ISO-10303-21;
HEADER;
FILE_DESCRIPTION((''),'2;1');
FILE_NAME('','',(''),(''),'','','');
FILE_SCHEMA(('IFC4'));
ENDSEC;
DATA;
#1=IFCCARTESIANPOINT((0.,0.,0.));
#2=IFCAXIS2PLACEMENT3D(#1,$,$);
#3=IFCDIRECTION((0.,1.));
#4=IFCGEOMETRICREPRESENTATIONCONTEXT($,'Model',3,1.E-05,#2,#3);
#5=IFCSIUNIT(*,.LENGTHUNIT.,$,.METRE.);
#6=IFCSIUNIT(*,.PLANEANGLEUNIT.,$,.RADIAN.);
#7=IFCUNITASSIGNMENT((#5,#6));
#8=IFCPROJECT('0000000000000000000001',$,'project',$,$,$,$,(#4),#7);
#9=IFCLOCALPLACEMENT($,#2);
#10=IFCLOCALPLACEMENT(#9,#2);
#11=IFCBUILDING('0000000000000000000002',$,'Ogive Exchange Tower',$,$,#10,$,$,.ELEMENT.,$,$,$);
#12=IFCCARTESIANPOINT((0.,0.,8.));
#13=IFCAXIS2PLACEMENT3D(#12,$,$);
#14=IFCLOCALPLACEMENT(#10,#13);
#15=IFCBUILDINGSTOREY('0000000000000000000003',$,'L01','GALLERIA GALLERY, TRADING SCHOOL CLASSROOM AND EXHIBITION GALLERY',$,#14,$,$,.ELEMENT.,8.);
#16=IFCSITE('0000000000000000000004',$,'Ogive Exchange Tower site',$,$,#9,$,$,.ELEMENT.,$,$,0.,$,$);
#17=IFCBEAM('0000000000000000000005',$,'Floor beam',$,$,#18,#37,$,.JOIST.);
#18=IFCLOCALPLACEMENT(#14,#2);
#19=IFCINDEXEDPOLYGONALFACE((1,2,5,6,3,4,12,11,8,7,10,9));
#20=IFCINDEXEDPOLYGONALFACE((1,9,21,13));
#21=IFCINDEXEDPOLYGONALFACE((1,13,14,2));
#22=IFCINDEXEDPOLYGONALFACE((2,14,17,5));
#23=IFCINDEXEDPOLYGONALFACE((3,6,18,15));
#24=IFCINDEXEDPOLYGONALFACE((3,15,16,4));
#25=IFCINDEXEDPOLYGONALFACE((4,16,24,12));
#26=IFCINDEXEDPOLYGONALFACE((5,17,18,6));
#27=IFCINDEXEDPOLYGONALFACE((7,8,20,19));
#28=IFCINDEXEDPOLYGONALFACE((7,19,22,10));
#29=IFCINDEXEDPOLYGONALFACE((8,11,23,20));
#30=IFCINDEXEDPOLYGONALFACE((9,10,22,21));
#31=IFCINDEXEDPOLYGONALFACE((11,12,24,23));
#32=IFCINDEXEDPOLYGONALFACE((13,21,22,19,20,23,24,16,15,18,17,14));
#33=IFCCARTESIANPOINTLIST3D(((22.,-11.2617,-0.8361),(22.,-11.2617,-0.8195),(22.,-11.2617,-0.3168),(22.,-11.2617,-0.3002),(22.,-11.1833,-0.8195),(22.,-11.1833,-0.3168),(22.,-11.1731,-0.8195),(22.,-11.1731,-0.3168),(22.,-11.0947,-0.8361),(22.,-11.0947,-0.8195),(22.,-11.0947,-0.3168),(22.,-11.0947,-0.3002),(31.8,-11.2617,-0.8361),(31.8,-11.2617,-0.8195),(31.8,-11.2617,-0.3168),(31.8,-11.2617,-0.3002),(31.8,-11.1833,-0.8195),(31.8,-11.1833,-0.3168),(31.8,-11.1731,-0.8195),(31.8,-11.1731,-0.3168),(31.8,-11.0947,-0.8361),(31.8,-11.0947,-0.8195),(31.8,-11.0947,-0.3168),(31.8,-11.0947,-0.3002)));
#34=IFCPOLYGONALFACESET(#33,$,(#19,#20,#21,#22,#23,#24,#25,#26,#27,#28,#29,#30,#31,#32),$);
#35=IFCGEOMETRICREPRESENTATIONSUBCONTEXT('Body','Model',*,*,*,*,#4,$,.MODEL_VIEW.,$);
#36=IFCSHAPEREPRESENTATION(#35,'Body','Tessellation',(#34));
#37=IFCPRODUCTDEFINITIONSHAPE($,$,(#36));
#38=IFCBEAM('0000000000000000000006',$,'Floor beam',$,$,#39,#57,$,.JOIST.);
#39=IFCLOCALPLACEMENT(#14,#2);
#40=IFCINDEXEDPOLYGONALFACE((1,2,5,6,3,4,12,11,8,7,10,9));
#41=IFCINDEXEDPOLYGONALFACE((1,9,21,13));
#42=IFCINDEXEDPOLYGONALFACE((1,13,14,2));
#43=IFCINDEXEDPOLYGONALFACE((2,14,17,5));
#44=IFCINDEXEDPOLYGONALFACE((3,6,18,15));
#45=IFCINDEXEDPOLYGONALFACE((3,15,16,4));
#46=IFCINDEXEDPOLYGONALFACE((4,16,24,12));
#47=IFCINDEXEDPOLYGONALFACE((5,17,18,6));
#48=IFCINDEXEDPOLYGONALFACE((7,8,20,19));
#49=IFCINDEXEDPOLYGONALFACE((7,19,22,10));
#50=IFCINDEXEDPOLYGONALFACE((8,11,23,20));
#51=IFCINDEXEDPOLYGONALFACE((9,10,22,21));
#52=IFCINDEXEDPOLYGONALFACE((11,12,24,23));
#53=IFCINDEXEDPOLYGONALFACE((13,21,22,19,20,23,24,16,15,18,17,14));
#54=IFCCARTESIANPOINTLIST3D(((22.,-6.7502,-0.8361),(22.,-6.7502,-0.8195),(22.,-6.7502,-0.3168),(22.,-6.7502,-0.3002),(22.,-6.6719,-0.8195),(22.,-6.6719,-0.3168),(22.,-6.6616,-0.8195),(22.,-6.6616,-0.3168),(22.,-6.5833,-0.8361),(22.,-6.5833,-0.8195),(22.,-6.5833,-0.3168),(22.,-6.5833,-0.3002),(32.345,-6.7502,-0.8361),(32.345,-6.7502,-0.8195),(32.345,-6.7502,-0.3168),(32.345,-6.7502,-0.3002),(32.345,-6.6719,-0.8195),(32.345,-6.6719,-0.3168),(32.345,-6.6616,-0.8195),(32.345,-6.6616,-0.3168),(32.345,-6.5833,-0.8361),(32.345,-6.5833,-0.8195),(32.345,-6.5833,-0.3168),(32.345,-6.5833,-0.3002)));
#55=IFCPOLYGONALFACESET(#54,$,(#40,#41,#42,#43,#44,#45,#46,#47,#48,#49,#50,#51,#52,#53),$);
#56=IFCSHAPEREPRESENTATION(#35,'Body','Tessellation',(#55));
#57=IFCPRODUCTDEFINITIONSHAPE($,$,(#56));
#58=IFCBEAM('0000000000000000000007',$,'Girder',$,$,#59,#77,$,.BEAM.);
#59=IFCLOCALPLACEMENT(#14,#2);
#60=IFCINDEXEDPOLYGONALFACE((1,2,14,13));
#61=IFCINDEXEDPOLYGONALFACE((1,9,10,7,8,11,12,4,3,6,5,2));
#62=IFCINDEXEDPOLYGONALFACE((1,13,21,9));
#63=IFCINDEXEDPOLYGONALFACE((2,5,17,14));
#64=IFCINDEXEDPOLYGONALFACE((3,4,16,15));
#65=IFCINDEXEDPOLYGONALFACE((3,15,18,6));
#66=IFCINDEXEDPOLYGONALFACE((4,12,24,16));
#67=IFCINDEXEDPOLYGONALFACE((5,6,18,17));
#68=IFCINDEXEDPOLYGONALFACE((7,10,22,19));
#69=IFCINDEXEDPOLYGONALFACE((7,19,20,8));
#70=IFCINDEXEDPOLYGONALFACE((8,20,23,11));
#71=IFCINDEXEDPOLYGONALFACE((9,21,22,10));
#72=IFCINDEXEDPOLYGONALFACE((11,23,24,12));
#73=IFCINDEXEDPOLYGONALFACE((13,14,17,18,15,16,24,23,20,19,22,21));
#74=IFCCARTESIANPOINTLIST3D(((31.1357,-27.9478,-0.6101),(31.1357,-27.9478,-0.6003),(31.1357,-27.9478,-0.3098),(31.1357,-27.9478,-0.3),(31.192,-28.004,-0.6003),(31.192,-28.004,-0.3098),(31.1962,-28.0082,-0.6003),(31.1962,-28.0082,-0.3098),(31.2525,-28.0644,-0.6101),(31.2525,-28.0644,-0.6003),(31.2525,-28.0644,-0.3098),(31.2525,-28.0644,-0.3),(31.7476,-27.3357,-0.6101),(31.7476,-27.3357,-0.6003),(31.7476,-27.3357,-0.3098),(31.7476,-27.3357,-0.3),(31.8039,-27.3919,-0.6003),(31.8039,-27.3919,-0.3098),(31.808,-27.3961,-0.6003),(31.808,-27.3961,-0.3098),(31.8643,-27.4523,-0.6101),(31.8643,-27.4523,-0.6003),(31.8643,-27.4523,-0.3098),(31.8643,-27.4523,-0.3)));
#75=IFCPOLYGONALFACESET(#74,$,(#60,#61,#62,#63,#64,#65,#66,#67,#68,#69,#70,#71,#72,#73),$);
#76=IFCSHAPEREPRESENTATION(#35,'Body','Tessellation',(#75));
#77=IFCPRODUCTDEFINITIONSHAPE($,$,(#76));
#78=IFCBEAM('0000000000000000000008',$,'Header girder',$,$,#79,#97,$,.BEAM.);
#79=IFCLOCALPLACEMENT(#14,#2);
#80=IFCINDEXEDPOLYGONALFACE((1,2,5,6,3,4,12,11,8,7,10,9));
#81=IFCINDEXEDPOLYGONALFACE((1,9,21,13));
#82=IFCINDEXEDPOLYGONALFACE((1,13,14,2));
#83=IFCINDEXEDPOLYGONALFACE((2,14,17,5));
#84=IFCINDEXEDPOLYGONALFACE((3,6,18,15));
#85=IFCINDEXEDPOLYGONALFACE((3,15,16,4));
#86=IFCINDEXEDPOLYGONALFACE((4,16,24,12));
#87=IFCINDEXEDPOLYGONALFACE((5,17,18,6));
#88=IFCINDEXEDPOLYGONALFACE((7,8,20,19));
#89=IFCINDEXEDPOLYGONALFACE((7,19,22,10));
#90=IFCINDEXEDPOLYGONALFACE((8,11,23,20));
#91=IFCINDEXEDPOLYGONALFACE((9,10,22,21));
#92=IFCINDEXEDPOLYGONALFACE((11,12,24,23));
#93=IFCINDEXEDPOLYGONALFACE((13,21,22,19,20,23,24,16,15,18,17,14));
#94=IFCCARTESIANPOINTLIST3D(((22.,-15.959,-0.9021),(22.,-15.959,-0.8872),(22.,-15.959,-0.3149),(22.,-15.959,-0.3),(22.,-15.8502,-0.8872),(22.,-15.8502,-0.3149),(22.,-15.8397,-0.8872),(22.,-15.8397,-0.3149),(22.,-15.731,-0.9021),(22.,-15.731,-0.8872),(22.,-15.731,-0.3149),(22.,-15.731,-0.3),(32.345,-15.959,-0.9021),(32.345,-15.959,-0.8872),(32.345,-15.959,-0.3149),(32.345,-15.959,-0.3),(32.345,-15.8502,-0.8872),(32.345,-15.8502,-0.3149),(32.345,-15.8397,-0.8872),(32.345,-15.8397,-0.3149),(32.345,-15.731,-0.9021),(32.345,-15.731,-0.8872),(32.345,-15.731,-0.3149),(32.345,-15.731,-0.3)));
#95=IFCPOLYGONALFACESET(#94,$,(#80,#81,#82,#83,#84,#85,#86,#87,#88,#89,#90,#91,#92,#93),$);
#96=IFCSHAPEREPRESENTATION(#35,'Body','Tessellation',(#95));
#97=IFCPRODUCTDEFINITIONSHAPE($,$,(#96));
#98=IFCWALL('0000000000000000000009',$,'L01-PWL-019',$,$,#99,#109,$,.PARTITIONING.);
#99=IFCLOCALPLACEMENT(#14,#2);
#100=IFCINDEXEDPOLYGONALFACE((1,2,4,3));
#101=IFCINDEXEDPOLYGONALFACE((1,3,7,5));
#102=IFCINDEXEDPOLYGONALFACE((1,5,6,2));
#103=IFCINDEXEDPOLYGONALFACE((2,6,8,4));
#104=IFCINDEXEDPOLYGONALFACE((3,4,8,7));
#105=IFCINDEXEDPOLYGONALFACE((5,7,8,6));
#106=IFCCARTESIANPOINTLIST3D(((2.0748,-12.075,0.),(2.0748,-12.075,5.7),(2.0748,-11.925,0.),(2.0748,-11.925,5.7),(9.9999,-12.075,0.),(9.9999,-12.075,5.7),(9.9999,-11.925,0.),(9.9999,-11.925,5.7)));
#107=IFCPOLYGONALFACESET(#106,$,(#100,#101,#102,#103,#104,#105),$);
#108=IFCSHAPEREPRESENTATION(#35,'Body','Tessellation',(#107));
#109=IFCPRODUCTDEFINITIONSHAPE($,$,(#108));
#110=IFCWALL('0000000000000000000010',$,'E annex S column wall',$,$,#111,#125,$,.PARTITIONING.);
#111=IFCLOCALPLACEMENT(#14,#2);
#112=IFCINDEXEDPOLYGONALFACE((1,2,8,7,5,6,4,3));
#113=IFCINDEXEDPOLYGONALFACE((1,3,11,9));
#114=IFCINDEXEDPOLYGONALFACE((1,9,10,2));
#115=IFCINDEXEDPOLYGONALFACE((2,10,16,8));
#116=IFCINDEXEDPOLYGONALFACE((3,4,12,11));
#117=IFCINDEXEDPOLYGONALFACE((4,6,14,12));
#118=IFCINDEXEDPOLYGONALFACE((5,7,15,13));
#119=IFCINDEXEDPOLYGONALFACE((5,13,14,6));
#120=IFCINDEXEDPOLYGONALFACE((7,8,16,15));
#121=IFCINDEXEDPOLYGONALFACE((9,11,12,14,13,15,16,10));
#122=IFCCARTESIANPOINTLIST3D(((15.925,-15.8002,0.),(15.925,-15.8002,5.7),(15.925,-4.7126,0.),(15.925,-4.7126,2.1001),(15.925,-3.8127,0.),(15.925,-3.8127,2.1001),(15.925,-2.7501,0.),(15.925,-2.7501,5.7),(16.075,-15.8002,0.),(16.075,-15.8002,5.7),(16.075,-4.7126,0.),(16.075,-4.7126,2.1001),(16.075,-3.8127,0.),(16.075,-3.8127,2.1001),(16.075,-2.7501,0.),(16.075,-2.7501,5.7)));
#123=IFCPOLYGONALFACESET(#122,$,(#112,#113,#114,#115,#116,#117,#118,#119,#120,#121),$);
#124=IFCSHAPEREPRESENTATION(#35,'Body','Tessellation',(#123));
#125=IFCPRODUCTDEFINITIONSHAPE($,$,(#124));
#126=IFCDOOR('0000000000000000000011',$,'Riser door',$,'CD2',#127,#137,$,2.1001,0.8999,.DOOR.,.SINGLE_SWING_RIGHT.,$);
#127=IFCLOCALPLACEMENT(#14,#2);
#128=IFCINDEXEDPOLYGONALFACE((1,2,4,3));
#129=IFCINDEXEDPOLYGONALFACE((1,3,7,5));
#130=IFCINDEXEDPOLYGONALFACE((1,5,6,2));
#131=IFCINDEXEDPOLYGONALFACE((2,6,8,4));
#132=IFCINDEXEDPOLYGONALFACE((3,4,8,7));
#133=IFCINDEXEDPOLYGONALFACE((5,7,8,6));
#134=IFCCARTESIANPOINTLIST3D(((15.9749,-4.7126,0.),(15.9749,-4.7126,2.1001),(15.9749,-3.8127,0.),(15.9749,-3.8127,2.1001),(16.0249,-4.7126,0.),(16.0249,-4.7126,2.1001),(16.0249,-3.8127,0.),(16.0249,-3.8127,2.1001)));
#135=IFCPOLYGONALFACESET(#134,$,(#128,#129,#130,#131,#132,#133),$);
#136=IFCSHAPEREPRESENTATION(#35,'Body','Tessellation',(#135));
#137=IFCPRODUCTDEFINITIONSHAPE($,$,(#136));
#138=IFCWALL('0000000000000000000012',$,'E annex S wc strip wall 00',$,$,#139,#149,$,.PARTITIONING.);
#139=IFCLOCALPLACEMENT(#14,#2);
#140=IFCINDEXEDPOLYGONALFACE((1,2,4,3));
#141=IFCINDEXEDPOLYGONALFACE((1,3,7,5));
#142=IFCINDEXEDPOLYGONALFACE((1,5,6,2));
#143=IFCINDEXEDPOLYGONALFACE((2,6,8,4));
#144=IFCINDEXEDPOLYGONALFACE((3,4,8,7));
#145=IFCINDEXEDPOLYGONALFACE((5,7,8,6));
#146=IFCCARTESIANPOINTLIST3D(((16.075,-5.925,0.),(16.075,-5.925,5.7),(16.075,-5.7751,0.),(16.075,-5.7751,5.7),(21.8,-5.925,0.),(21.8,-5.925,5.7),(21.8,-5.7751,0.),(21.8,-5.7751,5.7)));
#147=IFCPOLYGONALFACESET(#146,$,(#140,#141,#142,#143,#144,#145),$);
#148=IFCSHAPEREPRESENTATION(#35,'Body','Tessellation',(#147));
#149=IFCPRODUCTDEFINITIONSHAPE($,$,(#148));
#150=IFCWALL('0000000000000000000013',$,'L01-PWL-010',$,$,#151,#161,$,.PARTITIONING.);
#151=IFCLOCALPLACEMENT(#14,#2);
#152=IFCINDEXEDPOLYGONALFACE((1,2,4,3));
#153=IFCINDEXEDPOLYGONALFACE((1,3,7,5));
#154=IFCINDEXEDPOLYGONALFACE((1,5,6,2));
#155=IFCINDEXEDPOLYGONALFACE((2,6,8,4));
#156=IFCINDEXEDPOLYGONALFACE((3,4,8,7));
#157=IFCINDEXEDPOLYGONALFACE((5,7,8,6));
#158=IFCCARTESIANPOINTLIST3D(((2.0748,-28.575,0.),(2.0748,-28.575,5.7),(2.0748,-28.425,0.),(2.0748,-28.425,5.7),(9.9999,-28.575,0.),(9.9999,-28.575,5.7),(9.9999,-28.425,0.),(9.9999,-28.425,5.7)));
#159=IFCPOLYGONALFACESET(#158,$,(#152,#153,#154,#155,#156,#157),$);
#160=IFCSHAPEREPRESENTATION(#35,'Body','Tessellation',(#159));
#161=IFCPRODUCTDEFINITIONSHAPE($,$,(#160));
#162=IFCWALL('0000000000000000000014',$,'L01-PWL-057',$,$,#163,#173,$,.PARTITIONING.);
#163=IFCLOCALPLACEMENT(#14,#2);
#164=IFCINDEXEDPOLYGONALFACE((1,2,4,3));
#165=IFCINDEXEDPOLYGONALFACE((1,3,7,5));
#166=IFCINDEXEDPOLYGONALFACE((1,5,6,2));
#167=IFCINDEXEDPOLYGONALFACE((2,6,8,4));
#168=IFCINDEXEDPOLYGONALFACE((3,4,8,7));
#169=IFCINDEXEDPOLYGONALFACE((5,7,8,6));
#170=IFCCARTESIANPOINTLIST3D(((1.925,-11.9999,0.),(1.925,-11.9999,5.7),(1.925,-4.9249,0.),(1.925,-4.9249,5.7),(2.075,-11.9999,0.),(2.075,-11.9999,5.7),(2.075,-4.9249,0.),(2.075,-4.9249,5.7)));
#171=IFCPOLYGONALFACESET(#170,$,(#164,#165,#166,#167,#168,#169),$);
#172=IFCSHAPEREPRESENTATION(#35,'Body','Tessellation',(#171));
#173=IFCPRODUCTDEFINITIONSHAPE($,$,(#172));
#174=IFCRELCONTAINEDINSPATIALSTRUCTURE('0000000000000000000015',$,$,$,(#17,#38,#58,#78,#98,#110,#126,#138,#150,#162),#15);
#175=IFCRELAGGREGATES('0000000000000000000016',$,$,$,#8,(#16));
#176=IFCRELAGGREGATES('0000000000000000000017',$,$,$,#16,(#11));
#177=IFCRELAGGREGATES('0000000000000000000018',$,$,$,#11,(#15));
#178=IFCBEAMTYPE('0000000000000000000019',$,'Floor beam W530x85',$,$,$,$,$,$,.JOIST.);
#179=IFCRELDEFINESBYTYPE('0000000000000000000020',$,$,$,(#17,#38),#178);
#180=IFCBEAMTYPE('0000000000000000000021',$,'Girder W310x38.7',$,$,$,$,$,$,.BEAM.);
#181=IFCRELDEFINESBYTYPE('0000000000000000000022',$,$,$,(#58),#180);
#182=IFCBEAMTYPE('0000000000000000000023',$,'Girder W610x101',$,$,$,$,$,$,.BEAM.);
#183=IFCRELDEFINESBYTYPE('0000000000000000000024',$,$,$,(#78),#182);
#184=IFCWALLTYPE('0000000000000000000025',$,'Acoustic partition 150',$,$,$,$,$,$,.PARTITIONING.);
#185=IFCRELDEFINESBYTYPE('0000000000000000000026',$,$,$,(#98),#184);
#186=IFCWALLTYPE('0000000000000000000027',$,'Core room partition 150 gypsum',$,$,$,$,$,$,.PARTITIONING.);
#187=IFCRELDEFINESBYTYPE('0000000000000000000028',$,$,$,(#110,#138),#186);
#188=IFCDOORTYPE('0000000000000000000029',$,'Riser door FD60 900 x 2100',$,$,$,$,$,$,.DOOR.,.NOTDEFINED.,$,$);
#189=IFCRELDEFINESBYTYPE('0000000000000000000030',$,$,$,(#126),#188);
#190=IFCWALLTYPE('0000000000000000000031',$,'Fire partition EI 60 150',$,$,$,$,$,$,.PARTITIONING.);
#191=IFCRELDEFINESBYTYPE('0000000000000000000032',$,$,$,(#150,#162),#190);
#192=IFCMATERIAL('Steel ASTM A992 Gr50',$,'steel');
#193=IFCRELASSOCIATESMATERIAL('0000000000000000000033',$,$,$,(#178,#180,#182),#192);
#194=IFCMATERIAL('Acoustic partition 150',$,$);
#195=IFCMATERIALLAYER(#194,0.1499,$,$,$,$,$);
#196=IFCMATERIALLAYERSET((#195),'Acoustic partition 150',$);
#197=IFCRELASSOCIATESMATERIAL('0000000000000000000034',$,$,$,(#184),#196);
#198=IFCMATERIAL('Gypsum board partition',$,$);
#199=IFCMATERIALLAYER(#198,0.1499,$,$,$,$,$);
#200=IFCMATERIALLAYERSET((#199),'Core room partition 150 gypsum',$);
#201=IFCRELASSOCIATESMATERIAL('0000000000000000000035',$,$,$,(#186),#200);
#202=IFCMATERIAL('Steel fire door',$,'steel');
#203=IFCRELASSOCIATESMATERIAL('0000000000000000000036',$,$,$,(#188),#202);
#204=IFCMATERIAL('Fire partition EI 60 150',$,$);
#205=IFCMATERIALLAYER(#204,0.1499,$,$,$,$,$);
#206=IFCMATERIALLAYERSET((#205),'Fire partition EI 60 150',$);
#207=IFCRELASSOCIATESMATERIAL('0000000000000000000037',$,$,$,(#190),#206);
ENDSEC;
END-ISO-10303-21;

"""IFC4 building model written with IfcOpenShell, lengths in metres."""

from ifc_helpers import new_model, si_unit, direction, frame, frame_2d, origin, origin_2d, place, context, subcontext, project, spatial, rectangle, i_section, extrude, material, layer, layer_set, material_profile, profile_set, type_object, element, fill, save


model = new_model("IFC4")

# Units and contexts
model_context = context("Model", 3, precision=1e-05, world=origin(), true_north=direction((0.0, 1.0)))
body_context = subcontext(model_context, "Body", "Model", "MODEL_VIEW")
ifc_project = project(units=[si_unit("LENGTHUNIT", "METRE"), si_unit("PLANEANGLEUNIT", "RADIAN")], contexts=[model_context])

# Site, building, storey
site_placement = place(None, origin())
site = spatial("IfcSite", under=ifc_project, at=site_placement, Name="Ogive Exchange Tower site", CompositionType="ELEMENT", RefElevation=0.0)
building_placement = place(site_placement, origin())
building = spatial("IfcBuilding", under=site, at=building_placement, Name="Ogive Exchange Tower", CompositionType="ELEMENT")
storey_placement = place(building_placement, frame((0.0, 0.0, 8.0)))
storey = spatial("IfcBuildingStorey", under=building, at=storey_placement, Name="L01", Description="GALLERIA GALLERY, TRADING SCHOOL CLASSROOM AND EXHIBITION GALLERY", CompositionType="ELEMENT", Elevation=8.0)

# Beams
ifc_material_1 = material(Name="Steel ASTM A992 Gr50", Category="steel")
ifc_material_profile_1 = material_profile(ifc_material_1, i_section(OverallWidth=0.167, OverallDepth=0.5359, WebThickness=0.0103, FlangeThickness=0.0166, at=origin_2d()), Name="W530x85")
ifc_profile_set_1 = profile_set([ifc_material_profile_1], Name="Steel ASTM A992 Gr50")
beam_type_1 = type_object("IfcBeamType", Name="Floor beam W530x85", PredefinedType="JOIST", material=ifc_profile_set_1)
beam_1_placement = place(storey_placement, frame((22.0, -11.1782, -0.5681), z_axis=(1.0, 0.0, 0.0), x_axis=(0.0, 1.0, 0.0)))
element("IfcBeam", 1, at=beam_1_placement, inside=storey, type_object=beam_type_1, Name="Floor beam", PredefinedType="JOIST", context=body_context, shape_type="SweptSolid", body=[
    extrude(i_section(OverallWidth=0.167, OverallDepth=0.5359, WebThickness=0.0103, FlangeThickness=0.0166, at=origin_2d()), origin(), (0.0, 0.0, 1.0), 9.8),
])
beam_2_placement = place(storey_placement, frame((22.0, -6.6667, -0.5681), z_axis=(1.0, 0.0, 0.0), x_axis=(0.0, 1.0, 0.0)))
element("IfcBeam", 2, at=beam_2_placement, inside=storey, type_object=beam_type_1, Name="Floor beam", PredefinedType="JOIST", context=body_context, shape_type="SweptSolid", body=[
    extrude(i_section(OverallWidth=0.167, OverallDepth=0.5359, WebThickness=0.0103, FlangeThickness=0.0166, at=origin_2d()), origin(), (0.0, 0.0, 1.0), 10.345),
])
ifc_material_profile_2 = material_profile(ifc_material_1, i_section(OverallWidth=0.165, OverallDepth=0.3101, WebThickness=0.0059, FlangeThickness=0.0098, at=origin_2d()), Name="W310x38.7")
ifc_profile_set_2 = profile_set([ifc_material_profile_2], Name="Steel ASTM A992 Gr50")
beam_type_2 = type_object("IfcBeamType", Name="Girder W310x38.7", PredefinedType="BEAM", material=ifc_profile_set_2)
beam_3_placement = place(storey_placement, frame((31.1941, -28.0061, -0.4551), z_axis=(0.706966, 0.707248, 0.0), x_axis=(-0.707248, 0.706966, 0.0)))
element("IfcBeam", 3, at=beam_3_placement, inside=storey, type_object=beam_type_2, Name="Girder", PredefinedType="BEAM", context=body_context, shape_type="SweptSolid", body=[
    extrude(i_section(OverallWidth=0.165, OverallDepth=0.3101, WebThickness=0.0059, FlangeThickness=0.0098, at=origin_2d()), origin(), (0.0, 0.0, 1.0), 0.8655),
])
ifc_material_profile_3 = material_profile(ifc_material_1, i_section(OverallWidth=0.228, OverallDepth=0.6021, WebThickness=0.0105, FlangeThickness=0.0149, at=origin_2d()), Name="W610x101")
ifc_profile_set_3 = profile_set([ifc_material_profile_3], Name="Steel ASTM A992 Gr50")
beam_type_3 = type_object("IfcBeamType", Name="Girder W610x101", PredefinedType="BEAM", material=ifc_profile_set_3)
beam_4_placement = place(storey_placement, frame((22.0, -15.845, -0.6011), z_axis=(1.0, 0.0, 0.0), x_axis=(0.0, 1.0, 0.0)))
element("IfcBeam", 4, at=beam_4_placement, inside=storey, type_object=beam_type_3, Name="Header girder", PredefinedType="BEAM", context=body_context, shape_type="SweptSolid", body=[
    extrude(i_section(OverallWidth=0.228, OverallDepth=0.6021, WebThickness=0.0105, FlangeThickness=0.0149, at=origin_2d()), origin(), (0.0, 0.0, 1.0), 10.345),
])

# Wall
ifc_material_2 = material(Name="Acoustic partition 150")
ifc_layer_1 = layer(ifc_material_2, 0.1499)
ifc_layer_set_1 = layer_set([ifc_layer_1], Name="Acoustic partition 150")
wall_type_1 = type_object("IfcWallType", Name="Acoustic partition 150", PredefinedType="PARTITIONING", material=ifc_layer_set_1)
wall_1_placement = place(storey_placement, frame((2.075, -12.0, 0.0), z_axis=(0.0, 0.0, 1.0), x_axis=(1.0, 0.0, 0.0)))
element("IfcWall", 5, at=wall_1_placement, inside=storey, type_object=wall_type_1, Name="L01-PWL-019", PredefinedType="PARTITIONING", context=body_context, shape_type="SweptSolid", body=[
    extrude(rectangle(XDim=7.925, YDim=0.1499, at=frame_2d((3.9624, 0.0))), origin(), (0.0, 0.0, 1.0), 5.7),
])

# Wall, opening, door
ifc_material_3 = material(Name="Gypsum board partition")
ifc_layer_2 = layer(ifc_material_3, 0.1499)
ifc_layer_set_2 = layer_set([ifc_layer_2], Name="Core room partition 150 gypsum")
wall_type_2 = type_object("IfcWallType", Name="Core room partition 150 gypsum", PredefinedType="PARTITIONING", material=ifc_layer_set_2)
wall_2_placement = place(storey_placement, frame((16.0, -15.8, 0.0), z_axis=(0.0, 0.0, 1.0), x_axis=(0.0, 1.0, 0.0)))
wall_2 = element("IfcWall", 6, at=wall_2_placement, inside=storey, type_object=wall_type_2, Name="E annex S column wall", PredefinedType="PARTITIONING", context=body_context, shape_type="SweptSolid", body=[
    extrude(rectangle(XDim=13.05, YDim=0.1499, at=frame_2d((6.5249, 0.0))), origin(), (0.0, 0.0, 1.0), 5.7),
])
opening_1_placement = place(wall_2_placement, frame((11.0874, 0.0, 0.0)))
opening_1 = element("IfcOpeningElement", 7, at=opening_1_placement, cuts=wall_2, PredefinedType="OPENING", context=body_context, shape_type="SweptSolid", body=[
    extrude(rectangle(XDim=0.8999, YDim=2.1001, at=frame_2d((0.45, 1.05))), frame((0.0, 0.085, 0.0), z_axis=(0.0, -1.0, 0.0), x_axis=(1.0, 0.0, 0.0)), (0.0, 0.0, 1.0), 0.1699),
])
ifc_material_4 = material(Name="Steel fire door", Category="steel")
door_type_1 = type_object("IfcDoorType", Name="Riser door FD60 900 x 2100", OperationType="NOTDEFINED", PredefinedType="DOOR", material=ifc_material_4)
door_1_placement = place(opening_1_placement, frame((0.8999, 0.0, 0.0), z_axis=(0.0, 0.0, 1.0), x_axis=(-1.0, 0.0, 0.0)))
door_1 = element("IfcDoor", 8, at=door_1_placement, inside=storey, type_object=door_type_1, Name="Riser door", ObjectType="CD2", OperationType="SINGLE_SWING_RIGHT", OverallHeight=2.1001, OverallWidth=0.8999, PredefinedType="DOOR", context=body_context, shape_type="SweptSolid", body=[
    extrude(rectangle(XDim=0.8999, YDim=2.1001, at=frame_2d((0.45, 1.05))), frame((0.0, 0.0249, 0.0), z_axis=(0.0, -1.0, 0.0), x_axis=(1.0, 0.0, 0.0)), (0.0, 0.0, 1.0), 0.05),
])
fill(opening_1, door_1)

# Walls
wall_3_placement = place(storey_placement, frame((16.075, -5.8501, 0.0), z_axis=(0.0, 0.0, 1.0), x_axis=(1.0, 0.0, 0.0)))
element("IfcWall", 9, at=wall_3_placement, inside=storey, type_object=wall_type_2, Name="E annex S wc strip wall 00", PredefinedType="PARTITIONING", context=body_context, shape_type="SweptSolid", body=[
    extrude(rectangle(XDim=5.7251, YDim=0.1499, at=frame_2d((2.8625, 0.0))), origin(), (0.0, 0.0, 1.0), 5.7),
])
ifc_material_5 = material(Name="Fire partition EI 60 150")
ifc_layer_3 = layer(ifc_material_5, 0.1499)
ifc_layer_set_3 = layer_set([ifc_layer_3], Name="Fire partition EI 60 150")
wall_type_3 = type_object("IfcWallType", Name="Fire partition EI 60 150", PredefinedType="PARTITIONING", material=ifc_layer_set_3)
wall_4_placement = place(storey_placement, frame((2.075, -28.5, 0.0), z_axis=(0.0, 0.0, 1.0), x_axis=(1.0, 0.0, 0.0)))
element("IfcWall", 10, at=wall_4_placement, inside=storey, type_object=wall_type_3, Name="L01-PWL-010", PredefinedType="PARTITIONING", context=body_context, shape_type="SweptSolid", body=[
    extrude(rectangle(XDim=7.925, YDim=0.1499, at=frame_2d((3.9624, 0.0))), origin(), (0.0, 0.0, 1.0), 5.7),
])
wall_5_placement = place(storey_placement, frame((2.0, -12.0, 0.0), z_axis=(0.0, 0.0, 1.0), x_axis=(0.0, 1.0, 0.0)))
element("IfcWall", 11, at=wall_5_placement, inside=storey, type_object=wall_type_3, Name="L01-PWL-057", PredefinedType="PARTITIONING", context=body_context, shape_type="SweptSolid", body=[
    extrude(rectangle(XDim=7.075, YDim=0.1499, at=frame_2d((3.5376, 0.0))), origin(), (0.0, 0.0, 1.0), 5.7),
])

save(model, "model.ifc")
